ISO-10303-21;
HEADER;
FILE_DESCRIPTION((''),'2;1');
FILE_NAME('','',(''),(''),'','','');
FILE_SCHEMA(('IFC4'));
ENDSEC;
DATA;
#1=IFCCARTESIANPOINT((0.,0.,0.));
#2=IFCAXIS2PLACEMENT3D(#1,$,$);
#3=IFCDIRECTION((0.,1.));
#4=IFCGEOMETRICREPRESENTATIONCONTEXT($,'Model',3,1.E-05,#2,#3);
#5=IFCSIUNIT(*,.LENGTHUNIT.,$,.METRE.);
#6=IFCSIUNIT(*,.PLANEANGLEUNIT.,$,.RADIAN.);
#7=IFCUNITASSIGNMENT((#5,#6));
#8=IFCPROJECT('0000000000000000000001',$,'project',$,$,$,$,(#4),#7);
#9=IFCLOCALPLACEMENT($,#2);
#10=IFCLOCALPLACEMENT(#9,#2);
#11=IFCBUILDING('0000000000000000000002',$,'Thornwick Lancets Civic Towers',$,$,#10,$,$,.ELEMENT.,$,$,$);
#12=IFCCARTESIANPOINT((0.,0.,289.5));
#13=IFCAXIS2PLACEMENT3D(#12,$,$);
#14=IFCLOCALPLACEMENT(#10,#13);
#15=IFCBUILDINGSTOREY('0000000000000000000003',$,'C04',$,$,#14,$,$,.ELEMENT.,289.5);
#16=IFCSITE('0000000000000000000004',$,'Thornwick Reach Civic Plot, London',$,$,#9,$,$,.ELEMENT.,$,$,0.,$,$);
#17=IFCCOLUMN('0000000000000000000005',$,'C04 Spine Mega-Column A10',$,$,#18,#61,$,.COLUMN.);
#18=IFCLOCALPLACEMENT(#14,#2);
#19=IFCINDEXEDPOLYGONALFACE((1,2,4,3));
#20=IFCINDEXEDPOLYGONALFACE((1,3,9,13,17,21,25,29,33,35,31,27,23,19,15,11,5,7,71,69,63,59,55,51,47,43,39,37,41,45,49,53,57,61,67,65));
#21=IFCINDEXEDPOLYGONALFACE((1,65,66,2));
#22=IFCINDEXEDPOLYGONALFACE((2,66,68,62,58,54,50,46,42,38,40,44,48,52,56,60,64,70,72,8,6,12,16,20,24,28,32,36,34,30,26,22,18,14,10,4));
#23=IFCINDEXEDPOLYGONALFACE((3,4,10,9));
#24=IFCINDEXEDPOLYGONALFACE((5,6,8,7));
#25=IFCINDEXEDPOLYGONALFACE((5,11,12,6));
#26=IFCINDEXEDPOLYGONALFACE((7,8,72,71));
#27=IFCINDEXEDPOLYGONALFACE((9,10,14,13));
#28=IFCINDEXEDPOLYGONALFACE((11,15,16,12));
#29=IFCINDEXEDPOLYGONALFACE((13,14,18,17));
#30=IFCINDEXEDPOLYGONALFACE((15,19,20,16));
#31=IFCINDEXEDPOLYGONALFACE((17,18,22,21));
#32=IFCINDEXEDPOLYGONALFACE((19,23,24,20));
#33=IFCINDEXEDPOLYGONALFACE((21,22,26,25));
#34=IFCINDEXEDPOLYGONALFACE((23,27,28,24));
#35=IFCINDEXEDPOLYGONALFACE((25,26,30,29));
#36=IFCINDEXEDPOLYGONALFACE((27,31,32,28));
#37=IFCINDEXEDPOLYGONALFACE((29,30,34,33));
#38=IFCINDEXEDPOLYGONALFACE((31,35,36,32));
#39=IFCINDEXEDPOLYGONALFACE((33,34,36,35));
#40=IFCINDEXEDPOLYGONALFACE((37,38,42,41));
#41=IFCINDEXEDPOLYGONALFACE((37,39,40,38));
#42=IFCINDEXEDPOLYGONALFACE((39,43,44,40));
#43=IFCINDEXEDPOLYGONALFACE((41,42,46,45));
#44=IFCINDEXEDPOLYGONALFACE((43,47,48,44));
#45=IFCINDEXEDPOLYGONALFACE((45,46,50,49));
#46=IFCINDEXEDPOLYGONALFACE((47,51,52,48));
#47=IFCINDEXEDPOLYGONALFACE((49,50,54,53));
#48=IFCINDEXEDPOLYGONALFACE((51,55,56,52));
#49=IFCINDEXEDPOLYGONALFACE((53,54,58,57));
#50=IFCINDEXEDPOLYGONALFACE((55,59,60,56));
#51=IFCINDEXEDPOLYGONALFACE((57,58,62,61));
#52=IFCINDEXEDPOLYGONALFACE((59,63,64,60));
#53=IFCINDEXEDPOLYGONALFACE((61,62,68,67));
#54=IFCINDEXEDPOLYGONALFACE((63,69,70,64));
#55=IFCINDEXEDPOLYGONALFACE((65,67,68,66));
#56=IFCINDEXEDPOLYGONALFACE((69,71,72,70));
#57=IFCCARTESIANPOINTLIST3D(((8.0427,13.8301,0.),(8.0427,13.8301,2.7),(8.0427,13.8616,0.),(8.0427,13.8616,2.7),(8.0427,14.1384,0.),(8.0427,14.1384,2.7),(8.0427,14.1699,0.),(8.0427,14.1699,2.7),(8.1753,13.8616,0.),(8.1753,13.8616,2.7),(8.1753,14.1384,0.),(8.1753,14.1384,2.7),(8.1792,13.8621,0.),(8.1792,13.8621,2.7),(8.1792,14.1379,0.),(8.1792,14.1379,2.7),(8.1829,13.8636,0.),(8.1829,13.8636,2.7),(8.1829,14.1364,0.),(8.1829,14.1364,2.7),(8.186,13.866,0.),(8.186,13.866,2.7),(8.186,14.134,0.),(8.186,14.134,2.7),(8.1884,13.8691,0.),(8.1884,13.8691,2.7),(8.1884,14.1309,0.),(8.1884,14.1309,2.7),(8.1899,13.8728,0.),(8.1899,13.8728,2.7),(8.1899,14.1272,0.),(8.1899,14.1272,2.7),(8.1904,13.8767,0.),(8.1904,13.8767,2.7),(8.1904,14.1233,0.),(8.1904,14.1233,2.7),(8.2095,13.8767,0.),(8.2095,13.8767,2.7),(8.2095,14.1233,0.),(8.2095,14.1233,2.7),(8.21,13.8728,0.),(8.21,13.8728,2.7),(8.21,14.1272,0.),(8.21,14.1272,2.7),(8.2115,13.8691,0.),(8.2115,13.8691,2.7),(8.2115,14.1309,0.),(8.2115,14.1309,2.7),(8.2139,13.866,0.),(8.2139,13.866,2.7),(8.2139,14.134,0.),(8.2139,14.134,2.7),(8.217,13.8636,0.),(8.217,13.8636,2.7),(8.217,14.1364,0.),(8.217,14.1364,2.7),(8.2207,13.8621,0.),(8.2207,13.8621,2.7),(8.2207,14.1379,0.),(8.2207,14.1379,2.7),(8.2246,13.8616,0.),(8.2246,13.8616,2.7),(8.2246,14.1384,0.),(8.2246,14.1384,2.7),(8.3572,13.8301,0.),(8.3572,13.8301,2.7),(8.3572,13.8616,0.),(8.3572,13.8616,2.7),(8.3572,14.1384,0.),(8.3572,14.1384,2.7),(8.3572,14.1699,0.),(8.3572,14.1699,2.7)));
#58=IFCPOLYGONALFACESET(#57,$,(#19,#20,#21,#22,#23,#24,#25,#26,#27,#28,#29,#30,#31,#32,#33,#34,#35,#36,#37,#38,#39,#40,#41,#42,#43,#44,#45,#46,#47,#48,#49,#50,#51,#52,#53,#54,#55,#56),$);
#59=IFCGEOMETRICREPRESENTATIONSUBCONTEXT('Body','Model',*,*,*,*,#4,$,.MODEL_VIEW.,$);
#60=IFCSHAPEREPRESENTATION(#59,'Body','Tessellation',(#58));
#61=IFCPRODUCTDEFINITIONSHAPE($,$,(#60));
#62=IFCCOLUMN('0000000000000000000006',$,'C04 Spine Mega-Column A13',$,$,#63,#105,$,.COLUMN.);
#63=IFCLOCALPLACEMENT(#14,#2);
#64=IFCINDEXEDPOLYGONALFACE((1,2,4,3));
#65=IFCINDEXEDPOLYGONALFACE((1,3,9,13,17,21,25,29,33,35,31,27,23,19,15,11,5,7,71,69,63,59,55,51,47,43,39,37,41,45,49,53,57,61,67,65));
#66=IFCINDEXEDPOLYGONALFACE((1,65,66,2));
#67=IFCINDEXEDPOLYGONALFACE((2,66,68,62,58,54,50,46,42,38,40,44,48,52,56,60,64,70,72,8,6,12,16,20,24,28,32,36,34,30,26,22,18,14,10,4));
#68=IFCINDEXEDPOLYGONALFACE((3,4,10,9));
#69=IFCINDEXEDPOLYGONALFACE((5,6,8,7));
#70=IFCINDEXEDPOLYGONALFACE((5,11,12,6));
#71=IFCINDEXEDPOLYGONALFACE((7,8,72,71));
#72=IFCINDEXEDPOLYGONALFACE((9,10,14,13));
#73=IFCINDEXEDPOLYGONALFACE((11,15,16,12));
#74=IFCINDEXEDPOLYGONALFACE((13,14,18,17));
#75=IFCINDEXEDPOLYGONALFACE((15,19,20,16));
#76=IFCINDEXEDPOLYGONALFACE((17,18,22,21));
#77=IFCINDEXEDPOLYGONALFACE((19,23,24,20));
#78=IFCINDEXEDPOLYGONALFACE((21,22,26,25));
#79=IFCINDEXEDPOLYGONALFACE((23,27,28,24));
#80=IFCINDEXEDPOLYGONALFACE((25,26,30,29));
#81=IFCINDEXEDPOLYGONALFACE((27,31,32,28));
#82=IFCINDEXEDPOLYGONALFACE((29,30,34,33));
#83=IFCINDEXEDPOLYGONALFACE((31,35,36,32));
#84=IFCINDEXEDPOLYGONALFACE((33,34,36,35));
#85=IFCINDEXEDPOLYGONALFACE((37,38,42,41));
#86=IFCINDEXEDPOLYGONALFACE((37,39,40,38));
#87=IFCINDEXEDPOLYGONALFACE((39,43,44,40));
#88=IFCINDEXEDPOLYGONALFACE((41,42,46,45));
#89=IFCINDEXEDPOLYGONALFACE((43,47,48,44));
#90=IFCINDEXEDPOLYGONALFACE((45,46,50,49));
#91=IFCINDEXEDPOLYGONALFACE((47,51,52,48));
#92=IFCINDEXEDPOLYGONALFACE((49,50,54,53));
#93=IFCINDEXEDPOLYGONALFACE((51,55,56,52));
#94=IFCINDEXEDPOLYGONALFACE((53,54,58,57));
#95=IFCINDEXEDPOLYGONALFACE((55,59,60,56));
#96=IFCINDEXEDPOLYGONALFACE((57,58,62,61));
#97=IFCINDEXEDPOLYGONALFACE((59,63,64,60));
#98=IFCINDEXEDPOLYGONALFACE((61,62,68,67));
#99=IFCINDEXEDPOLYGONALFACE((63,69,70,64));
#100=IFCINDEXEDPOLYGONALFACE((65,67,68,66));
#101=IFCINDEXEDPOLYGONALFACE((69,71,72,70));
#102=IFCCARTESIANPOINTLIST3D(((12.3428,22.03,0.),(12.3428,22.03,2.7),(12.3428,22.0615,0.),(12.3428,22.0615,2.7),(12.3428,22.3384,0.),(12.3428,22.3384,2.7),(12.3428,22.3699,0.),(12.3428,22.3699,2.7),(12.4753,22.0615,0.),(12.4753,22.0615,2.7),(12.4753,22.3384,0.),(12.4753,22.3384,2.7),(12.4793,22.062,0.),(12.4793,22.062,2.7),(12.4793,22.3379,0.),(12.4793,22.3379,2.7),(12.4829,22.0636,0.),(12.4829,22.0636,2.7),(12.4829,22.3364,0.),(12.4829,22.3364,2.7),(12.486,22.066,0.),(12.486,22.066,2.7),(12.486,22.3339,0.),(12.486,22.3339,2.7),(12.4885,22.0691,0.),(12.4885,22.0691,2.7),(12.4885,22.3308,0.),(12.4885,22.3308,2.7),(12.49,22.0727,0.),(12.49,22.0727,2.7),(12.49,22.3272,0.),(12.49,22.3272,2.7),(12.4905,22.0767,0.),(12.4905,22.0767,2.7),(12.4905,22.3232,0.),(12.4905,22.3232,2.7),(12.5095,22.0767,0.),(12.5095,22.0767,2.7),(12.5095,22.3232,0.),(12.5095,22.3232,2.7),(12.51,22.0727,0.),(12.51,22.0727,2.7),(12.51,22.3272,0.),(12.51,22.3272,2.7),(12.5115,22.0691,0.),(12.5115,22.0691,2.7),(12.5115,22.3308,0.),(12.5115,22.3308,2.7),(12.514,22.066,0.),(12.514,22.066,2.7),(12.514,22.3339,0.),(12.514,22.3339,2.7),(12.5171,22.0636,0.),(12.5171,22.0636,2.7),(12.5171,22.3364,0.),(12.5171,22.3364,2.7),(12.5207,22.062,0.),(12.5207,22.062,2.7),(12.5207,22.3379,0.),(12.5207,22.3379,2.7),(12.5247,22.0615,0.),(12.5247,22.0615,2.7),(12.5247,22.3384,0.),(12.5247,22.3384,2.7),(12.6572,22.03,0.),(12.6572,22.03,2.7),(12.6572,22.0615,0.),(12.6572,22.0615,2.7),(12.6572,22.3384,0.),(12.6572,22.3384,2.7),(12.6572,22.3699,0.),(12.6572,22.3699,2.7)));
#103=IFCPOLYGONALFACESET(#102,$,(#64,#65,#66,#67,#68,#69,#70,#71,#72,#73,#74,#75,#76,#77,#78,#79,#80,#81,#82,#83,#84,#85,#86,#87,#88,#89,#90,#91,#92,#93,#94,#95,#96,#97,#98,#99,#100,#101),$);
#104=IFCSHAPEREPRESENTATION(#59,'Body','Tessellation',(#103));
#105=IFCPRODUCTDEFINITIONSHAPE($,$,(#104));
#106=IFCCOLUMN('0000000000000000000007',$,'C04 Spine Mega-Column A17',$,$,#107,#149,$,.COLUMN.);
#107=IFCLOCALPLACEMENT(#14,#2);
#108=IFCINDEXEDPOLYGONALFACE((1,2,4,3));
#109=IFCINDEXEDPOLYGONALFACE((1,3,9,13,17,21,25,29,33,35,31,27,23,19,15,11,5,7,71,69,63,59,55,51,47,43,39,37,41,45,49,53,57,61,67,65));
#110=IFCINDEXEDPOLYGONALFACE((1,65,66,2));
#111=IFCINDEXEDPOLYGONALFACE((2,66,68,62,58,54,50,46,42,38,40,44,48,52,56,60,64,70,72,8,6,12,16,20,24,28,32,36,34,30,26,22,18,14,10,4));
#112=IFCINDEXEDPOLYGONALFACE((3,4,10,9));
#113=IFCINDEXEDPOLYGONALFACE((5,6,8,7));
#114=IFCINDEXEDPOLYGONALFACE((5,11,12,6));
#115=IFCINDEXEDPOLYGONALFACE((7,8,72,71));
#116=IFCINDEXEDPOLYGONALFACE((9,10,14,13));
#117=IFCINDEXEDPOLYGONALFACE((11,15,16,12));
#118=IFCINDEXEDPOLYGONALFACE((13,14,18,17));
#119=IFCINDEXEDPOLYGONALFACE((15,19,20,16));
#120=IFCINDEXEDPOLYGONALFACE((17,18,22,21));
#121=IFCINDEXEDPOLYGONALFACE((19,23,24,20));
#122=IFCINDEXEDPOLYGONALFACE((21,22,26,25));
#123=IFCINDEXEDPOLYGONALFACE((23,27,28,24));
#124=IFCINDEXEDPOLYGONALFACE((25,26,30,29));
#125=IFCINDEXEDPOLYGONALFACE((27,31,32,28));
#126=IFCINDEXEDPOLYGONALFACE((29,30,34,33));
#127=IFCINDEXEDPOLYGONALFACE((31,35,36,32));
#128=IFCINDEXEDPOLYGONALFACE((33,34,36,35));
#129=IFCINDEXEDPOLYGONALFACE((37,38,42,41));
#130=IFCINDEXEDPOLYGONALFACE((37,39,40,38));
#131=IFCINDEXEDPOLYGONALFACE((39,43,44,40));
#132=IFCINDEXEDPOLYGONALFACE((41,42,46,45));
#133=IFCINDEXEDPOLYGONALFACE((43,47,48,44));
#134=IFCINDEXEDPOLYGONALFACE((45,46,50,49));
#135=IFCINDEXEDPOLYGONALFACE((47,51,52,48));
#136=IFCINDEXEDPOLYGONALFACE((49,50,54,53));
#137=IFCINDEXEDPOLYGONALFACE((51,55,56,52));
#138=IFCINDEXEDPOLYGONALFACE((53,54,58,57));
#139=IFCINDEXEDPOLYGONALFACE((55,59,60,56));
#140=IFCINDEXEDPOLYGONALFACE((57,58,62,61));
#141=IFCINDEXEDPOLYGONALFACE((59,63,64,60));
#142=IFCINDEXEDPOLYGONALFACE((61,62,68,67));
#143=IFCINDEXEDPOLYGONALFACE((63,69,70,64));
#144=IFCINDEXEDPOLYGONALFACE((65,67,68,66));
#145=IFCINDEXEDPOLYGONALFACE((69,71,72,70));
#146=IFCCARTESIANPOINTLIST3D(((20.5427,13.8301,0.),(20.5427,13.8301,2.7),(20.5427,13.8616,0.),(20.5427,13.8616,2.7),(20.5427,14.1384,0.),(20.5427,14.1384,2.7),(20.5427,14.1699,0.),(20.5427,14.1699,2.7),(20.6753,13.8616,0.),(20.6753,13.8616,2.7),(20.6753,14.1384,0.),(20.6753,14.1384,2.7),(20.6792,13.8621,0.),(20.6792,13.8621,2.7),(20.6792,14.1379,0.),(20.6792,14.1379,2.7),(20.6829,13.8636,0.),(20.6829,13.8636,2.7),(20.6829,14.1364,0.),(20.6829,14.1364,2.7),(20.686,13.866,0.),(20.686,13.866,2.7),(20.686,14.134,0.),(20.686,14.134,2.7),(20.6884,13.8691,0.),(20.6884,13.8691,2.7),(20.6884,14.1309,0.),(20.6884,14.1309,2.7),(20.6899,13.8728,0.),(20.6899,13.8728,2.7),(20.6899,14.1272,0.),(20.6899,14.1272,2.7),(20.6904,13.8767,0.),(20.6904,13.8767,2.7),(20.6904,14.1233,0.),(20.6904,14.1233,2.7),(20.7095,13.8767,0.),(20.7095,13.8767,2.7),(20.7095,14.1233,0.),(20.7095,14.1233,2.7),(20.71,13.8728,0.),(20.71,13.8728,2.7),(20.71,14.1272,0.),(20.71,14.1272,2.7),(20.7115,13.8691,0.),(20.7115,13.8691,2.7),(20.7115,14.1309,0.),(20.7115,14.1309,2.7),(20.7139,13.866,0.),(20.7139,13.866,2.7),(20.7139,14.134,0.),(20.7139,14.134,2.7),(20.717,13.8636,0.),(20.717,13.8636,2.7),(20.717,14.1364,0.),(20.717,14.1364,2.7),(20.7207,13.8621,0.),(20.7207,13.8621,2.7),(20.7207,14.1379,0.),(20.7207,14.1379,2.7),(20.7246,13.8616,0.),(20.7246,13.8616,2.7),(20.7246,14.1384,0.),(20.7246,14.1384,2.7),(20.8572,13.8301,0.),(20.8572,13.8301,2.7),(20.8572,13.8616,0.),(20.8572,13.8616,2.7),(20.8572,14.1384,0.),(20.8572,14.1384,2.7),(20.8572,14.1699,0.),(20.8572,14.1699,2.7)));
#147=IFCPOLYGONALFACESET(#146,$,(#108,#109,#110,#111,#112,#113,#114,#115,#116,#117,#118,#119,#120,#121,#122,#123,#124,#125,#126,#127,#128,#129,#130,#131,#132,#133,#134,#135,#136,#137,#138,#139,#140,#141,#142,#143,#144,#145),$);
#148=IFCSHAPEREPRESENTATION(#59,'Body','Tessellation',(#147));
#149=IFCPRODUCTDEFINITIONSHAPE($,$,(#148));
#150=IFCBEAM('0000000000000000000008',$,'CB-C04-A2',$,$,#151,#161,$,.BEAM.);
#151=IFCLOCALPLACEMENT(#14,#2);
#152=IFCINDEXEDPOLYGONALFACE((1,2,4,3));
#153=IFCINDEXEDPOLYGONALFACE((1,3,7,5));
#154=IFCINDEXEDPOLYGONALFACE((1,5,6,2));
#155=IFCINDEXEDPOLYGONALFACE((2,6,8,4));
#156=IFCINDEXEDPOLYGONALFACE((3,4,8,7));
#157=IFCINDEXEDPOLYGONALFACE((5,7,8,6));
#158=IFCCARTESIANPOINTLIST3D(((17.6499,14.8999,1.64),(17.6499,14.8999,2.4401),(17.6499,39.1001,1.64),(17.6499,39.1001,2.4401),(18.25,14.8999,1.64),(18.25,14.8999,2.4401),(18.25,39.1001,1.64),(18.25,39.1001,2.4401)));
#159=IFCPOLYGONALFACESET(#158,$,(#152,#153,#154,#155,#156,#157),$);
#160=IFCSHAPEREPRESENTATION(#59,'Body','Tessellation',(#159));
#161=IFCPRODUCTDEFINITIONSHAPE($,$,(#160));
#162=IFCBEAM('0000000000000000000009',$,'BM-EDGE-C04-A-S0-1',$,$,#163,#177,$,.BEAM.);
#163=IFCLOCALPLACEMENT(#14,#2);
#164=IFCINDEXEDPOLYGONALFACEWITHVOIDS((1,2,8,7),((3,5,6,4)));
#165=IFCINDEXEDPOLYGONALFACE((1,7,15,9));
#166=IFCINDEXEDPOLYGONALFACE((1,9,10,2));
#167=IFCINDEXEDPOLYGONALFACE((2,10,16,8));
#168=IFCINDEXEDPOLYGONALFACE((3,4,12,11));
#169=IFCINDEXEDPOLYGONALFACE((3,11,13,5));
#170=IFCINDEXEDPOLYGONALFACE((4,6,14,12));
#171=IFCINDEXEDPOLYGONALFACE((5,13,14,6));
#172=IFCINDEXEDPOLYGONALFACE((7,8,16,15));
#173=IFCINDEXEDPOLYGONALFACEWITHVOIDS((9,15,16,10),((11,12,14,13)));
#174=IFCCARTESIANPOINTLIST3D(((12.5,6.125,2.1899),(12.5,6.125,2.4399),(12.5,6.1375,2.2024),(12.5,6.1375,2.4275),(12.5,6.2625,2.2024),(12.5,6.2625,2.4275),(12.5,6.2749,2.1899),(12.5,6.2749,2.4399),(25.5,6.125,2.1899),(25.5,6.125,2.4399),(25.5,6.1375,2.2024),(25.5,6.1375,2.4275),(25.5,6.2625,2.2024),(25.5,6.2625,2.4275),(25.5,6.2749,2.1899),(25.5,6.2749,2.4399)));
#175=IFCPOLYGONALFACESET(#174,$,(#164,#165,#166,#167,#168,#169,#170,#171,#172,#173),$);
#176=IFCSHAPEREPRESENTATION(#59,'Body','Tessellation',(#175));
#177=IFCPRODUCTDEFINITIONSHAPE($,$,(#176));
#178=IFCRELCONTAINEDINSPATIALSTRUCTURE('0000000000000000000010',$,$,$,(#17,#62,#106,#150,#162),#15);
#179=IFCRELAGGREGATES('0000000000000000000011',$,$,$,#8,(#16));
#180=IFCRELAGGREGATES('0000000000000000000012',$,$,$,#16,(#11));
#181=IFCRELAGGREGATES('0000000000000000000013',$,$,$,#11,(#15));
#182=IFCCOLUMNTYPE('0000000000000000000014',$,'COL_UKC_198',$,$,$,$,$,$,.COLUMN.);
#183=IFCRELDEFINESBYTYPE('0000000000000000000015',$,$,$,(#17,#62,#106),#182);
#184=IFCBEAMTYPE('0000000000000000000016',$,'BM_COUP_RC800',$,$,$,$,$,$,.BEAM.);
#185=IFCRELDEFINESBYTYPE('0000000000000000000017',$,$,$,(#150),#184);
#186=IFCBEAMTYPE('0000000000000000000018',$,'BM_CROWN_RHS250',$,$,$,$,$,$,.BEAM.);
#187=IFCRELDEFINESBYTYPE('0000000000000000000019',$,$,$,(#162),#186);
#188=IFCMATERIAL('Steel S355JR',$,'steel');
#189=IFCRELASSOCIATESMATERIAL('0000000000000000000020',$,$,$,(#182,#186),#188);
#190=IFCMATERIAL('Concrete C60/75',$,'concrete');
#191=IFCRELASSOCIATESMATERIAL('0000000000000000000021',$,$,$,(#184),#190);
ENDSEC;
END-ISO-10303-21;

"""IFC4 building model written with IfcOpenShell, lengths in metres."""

from ifc_helpers import new_model, si_unit, direction, frame, origin, origin_2d, place, context, subcontext, project, spatial, rectangle, hollow_rectangle, i_section, extrude, material, material_profile, profile_set, type_object, element, save


model = new_model("IFC4")

# Units and contexts
model_context = context("Model", 3, precision=1e-05, world=origin(), true_north=direction((0.0, 1.0)))
body_context = subcontext(model_context, "Body", "Model", "MODEL_VIEW")
ifc_project = project(units=[si_unit("LENGTHUNIT", "METRE"), si_unit("PLANEANGLEUNIT", "RADIAN")], contexts=[model_context])

# Site, building, storey
site_placement = place(None, origin())
site = spatial("IfcSite", under=ifc_project, at=site_placement, Name="Thornwick Reach Civic Plot, London", CompositionType="ELEMENT", RefElevation=0.0)
building_placement = place(site_placement, origin())
building = spatial("IfcBuilding", under=site, at=building_placement, Name="Thornwick Lancets Civic Towers", CompositionType="ELEMENT")
storey_placement = place(building_placement, frame((0.0, 0.0, 289.5)))
storey = spatial("IfcBuildingStorey", under=building, at=storey_placement, Name="C04", CompositionType="ELEMENT", Elevation=289.5)

# Columns
ifc_material_1 = material(Name="Steel S355JR", Category="steel")
ifc_material_profile_1 = material_profile(ifc_material_1, i_section(OverallWidth=0.3145, OverallDepth=0.3398, WebThickness=0.019, FlangeThickness=0.0315, FilletRadius=0.0151, at=origin_2d()), Name="UKC 305x305x198")
ifc_profile_set_1 = profile_set([ifc_material_profile_1], Name="Steel S355JR")
column_type_1 = type_object("IfcColumnType", Name="COL_UKC_198", PredefinedType="COLUMN", material=ifc_profile_set_1)
for number, where, z_axis, x_axis, name in (
    (1, (8.2, 14.0, 0.0), (0.0, 0.0, 1.0), (1.0, 0.0, 0.0), "C04 Spine Mega-Column A10"),
    (2, (12.5, 22.2, 0.0), (0.0, 0.0, 1.0), (1.0, 0.0, 0.0), "C04 Spine Mega-Column A13"),
    (3, (20.7, 14.0, 0.0), (0.0, 0.0, 1.0), (1.0, 0.0, 0.0), "C04 Spine Mega-Column A17"),
):
    element("IfcColumn", number, at=place(storey_placement, frame(where, z_axis=z_axis, x_axis=x_axis)), inside=storey, type_object=column_type_1, Name=name, PredefinedType="COLUMN", context=body_context, shape_type="SweptSolid", body=[
        extrude(i_section(OverallWidth=0.3145, OverallDepth=0.3398, WebThickness=0.019, FlangeThickness=0.0315, FilletRadius=0.0151, at=origin_2d()), origin(), (0.0, 0.0, 1.0), 2.7),
    ])

# Beams
ifc_material_2 = material(Name="Concrete C60/75", Category="concrete")
ifc_material_profile_2 = material_profile(ifc_material_2, rectangle(XDim=0.6001, YDim=0.8, at=origin_2d()), Name="RC 600x800")
ifc_profile_set_2 = profile_set([ifc_material_profile_2], Name="Concrete C60/75")
beam_type_1 = type_object("IfcBeamType", Name="BM_COUP_RC800", PredefinedType="BEAM", material=ifc_profile_set_2)
beam_1_placement = place(storey_placement, frame((17.95, 14.8999, 2.04), z_axis=(0.0, 1.0, 0.0), x_axis=(-1.0, 0.0, 0.0)))
element("IfcBeam", 4, at=beam_1_placement, inside=storey, type_object=beam_type_1, Name="CB-C04-A2", PredefinedType="BEAM", context=body_context, shape_type="SweptSolid", body=[
    extrude(rectangle(XDim=0.6001, YDim=0.8, at=origin_2d()), origin(), (0.0, 0.0, 1.0), 24.2002),
])
ifc_material_profile_3 = material_profile(ifc_material_1, hollow_rectangle(XDim=0.1499, YDim=0.25, WallThickness=0.0125, at=origin_2d()), Name="RHS 250x150x12.5")
ifc_profile_set_3 = profile_set([ifc_material_profile_3], Name="Steel S355JR")
beam_type_2 = type_object("IfcBeamType", Name="BM_CROWN_RHS250", PredefinedType="BEAM", material=ifc_profile_set_3)
beam_2_placement = place(storey_placement, frame((12.5, 6.2, 2.3149), z_axis=(1.0, 0.0, 0.0), x_axis=(0.0, 1.0, 0.0)))
element("IfcBeam", 5, at=beam_2_placement, inside=storey, type_object=beam_type_2, Name="BM-EDGE-C04-A-S0-1", PredefinedType="BEAM", context=body_context, shape_type="SweptSolid", body=[
    extrude(hollow_rectangle(XDim=0.1499, YDim=0.25, WallThickness=0.0125, at=origin_2d()), origin(), (0.0, 0.0, 1.0), 13.0),
])

save(model, "model.ifc")
